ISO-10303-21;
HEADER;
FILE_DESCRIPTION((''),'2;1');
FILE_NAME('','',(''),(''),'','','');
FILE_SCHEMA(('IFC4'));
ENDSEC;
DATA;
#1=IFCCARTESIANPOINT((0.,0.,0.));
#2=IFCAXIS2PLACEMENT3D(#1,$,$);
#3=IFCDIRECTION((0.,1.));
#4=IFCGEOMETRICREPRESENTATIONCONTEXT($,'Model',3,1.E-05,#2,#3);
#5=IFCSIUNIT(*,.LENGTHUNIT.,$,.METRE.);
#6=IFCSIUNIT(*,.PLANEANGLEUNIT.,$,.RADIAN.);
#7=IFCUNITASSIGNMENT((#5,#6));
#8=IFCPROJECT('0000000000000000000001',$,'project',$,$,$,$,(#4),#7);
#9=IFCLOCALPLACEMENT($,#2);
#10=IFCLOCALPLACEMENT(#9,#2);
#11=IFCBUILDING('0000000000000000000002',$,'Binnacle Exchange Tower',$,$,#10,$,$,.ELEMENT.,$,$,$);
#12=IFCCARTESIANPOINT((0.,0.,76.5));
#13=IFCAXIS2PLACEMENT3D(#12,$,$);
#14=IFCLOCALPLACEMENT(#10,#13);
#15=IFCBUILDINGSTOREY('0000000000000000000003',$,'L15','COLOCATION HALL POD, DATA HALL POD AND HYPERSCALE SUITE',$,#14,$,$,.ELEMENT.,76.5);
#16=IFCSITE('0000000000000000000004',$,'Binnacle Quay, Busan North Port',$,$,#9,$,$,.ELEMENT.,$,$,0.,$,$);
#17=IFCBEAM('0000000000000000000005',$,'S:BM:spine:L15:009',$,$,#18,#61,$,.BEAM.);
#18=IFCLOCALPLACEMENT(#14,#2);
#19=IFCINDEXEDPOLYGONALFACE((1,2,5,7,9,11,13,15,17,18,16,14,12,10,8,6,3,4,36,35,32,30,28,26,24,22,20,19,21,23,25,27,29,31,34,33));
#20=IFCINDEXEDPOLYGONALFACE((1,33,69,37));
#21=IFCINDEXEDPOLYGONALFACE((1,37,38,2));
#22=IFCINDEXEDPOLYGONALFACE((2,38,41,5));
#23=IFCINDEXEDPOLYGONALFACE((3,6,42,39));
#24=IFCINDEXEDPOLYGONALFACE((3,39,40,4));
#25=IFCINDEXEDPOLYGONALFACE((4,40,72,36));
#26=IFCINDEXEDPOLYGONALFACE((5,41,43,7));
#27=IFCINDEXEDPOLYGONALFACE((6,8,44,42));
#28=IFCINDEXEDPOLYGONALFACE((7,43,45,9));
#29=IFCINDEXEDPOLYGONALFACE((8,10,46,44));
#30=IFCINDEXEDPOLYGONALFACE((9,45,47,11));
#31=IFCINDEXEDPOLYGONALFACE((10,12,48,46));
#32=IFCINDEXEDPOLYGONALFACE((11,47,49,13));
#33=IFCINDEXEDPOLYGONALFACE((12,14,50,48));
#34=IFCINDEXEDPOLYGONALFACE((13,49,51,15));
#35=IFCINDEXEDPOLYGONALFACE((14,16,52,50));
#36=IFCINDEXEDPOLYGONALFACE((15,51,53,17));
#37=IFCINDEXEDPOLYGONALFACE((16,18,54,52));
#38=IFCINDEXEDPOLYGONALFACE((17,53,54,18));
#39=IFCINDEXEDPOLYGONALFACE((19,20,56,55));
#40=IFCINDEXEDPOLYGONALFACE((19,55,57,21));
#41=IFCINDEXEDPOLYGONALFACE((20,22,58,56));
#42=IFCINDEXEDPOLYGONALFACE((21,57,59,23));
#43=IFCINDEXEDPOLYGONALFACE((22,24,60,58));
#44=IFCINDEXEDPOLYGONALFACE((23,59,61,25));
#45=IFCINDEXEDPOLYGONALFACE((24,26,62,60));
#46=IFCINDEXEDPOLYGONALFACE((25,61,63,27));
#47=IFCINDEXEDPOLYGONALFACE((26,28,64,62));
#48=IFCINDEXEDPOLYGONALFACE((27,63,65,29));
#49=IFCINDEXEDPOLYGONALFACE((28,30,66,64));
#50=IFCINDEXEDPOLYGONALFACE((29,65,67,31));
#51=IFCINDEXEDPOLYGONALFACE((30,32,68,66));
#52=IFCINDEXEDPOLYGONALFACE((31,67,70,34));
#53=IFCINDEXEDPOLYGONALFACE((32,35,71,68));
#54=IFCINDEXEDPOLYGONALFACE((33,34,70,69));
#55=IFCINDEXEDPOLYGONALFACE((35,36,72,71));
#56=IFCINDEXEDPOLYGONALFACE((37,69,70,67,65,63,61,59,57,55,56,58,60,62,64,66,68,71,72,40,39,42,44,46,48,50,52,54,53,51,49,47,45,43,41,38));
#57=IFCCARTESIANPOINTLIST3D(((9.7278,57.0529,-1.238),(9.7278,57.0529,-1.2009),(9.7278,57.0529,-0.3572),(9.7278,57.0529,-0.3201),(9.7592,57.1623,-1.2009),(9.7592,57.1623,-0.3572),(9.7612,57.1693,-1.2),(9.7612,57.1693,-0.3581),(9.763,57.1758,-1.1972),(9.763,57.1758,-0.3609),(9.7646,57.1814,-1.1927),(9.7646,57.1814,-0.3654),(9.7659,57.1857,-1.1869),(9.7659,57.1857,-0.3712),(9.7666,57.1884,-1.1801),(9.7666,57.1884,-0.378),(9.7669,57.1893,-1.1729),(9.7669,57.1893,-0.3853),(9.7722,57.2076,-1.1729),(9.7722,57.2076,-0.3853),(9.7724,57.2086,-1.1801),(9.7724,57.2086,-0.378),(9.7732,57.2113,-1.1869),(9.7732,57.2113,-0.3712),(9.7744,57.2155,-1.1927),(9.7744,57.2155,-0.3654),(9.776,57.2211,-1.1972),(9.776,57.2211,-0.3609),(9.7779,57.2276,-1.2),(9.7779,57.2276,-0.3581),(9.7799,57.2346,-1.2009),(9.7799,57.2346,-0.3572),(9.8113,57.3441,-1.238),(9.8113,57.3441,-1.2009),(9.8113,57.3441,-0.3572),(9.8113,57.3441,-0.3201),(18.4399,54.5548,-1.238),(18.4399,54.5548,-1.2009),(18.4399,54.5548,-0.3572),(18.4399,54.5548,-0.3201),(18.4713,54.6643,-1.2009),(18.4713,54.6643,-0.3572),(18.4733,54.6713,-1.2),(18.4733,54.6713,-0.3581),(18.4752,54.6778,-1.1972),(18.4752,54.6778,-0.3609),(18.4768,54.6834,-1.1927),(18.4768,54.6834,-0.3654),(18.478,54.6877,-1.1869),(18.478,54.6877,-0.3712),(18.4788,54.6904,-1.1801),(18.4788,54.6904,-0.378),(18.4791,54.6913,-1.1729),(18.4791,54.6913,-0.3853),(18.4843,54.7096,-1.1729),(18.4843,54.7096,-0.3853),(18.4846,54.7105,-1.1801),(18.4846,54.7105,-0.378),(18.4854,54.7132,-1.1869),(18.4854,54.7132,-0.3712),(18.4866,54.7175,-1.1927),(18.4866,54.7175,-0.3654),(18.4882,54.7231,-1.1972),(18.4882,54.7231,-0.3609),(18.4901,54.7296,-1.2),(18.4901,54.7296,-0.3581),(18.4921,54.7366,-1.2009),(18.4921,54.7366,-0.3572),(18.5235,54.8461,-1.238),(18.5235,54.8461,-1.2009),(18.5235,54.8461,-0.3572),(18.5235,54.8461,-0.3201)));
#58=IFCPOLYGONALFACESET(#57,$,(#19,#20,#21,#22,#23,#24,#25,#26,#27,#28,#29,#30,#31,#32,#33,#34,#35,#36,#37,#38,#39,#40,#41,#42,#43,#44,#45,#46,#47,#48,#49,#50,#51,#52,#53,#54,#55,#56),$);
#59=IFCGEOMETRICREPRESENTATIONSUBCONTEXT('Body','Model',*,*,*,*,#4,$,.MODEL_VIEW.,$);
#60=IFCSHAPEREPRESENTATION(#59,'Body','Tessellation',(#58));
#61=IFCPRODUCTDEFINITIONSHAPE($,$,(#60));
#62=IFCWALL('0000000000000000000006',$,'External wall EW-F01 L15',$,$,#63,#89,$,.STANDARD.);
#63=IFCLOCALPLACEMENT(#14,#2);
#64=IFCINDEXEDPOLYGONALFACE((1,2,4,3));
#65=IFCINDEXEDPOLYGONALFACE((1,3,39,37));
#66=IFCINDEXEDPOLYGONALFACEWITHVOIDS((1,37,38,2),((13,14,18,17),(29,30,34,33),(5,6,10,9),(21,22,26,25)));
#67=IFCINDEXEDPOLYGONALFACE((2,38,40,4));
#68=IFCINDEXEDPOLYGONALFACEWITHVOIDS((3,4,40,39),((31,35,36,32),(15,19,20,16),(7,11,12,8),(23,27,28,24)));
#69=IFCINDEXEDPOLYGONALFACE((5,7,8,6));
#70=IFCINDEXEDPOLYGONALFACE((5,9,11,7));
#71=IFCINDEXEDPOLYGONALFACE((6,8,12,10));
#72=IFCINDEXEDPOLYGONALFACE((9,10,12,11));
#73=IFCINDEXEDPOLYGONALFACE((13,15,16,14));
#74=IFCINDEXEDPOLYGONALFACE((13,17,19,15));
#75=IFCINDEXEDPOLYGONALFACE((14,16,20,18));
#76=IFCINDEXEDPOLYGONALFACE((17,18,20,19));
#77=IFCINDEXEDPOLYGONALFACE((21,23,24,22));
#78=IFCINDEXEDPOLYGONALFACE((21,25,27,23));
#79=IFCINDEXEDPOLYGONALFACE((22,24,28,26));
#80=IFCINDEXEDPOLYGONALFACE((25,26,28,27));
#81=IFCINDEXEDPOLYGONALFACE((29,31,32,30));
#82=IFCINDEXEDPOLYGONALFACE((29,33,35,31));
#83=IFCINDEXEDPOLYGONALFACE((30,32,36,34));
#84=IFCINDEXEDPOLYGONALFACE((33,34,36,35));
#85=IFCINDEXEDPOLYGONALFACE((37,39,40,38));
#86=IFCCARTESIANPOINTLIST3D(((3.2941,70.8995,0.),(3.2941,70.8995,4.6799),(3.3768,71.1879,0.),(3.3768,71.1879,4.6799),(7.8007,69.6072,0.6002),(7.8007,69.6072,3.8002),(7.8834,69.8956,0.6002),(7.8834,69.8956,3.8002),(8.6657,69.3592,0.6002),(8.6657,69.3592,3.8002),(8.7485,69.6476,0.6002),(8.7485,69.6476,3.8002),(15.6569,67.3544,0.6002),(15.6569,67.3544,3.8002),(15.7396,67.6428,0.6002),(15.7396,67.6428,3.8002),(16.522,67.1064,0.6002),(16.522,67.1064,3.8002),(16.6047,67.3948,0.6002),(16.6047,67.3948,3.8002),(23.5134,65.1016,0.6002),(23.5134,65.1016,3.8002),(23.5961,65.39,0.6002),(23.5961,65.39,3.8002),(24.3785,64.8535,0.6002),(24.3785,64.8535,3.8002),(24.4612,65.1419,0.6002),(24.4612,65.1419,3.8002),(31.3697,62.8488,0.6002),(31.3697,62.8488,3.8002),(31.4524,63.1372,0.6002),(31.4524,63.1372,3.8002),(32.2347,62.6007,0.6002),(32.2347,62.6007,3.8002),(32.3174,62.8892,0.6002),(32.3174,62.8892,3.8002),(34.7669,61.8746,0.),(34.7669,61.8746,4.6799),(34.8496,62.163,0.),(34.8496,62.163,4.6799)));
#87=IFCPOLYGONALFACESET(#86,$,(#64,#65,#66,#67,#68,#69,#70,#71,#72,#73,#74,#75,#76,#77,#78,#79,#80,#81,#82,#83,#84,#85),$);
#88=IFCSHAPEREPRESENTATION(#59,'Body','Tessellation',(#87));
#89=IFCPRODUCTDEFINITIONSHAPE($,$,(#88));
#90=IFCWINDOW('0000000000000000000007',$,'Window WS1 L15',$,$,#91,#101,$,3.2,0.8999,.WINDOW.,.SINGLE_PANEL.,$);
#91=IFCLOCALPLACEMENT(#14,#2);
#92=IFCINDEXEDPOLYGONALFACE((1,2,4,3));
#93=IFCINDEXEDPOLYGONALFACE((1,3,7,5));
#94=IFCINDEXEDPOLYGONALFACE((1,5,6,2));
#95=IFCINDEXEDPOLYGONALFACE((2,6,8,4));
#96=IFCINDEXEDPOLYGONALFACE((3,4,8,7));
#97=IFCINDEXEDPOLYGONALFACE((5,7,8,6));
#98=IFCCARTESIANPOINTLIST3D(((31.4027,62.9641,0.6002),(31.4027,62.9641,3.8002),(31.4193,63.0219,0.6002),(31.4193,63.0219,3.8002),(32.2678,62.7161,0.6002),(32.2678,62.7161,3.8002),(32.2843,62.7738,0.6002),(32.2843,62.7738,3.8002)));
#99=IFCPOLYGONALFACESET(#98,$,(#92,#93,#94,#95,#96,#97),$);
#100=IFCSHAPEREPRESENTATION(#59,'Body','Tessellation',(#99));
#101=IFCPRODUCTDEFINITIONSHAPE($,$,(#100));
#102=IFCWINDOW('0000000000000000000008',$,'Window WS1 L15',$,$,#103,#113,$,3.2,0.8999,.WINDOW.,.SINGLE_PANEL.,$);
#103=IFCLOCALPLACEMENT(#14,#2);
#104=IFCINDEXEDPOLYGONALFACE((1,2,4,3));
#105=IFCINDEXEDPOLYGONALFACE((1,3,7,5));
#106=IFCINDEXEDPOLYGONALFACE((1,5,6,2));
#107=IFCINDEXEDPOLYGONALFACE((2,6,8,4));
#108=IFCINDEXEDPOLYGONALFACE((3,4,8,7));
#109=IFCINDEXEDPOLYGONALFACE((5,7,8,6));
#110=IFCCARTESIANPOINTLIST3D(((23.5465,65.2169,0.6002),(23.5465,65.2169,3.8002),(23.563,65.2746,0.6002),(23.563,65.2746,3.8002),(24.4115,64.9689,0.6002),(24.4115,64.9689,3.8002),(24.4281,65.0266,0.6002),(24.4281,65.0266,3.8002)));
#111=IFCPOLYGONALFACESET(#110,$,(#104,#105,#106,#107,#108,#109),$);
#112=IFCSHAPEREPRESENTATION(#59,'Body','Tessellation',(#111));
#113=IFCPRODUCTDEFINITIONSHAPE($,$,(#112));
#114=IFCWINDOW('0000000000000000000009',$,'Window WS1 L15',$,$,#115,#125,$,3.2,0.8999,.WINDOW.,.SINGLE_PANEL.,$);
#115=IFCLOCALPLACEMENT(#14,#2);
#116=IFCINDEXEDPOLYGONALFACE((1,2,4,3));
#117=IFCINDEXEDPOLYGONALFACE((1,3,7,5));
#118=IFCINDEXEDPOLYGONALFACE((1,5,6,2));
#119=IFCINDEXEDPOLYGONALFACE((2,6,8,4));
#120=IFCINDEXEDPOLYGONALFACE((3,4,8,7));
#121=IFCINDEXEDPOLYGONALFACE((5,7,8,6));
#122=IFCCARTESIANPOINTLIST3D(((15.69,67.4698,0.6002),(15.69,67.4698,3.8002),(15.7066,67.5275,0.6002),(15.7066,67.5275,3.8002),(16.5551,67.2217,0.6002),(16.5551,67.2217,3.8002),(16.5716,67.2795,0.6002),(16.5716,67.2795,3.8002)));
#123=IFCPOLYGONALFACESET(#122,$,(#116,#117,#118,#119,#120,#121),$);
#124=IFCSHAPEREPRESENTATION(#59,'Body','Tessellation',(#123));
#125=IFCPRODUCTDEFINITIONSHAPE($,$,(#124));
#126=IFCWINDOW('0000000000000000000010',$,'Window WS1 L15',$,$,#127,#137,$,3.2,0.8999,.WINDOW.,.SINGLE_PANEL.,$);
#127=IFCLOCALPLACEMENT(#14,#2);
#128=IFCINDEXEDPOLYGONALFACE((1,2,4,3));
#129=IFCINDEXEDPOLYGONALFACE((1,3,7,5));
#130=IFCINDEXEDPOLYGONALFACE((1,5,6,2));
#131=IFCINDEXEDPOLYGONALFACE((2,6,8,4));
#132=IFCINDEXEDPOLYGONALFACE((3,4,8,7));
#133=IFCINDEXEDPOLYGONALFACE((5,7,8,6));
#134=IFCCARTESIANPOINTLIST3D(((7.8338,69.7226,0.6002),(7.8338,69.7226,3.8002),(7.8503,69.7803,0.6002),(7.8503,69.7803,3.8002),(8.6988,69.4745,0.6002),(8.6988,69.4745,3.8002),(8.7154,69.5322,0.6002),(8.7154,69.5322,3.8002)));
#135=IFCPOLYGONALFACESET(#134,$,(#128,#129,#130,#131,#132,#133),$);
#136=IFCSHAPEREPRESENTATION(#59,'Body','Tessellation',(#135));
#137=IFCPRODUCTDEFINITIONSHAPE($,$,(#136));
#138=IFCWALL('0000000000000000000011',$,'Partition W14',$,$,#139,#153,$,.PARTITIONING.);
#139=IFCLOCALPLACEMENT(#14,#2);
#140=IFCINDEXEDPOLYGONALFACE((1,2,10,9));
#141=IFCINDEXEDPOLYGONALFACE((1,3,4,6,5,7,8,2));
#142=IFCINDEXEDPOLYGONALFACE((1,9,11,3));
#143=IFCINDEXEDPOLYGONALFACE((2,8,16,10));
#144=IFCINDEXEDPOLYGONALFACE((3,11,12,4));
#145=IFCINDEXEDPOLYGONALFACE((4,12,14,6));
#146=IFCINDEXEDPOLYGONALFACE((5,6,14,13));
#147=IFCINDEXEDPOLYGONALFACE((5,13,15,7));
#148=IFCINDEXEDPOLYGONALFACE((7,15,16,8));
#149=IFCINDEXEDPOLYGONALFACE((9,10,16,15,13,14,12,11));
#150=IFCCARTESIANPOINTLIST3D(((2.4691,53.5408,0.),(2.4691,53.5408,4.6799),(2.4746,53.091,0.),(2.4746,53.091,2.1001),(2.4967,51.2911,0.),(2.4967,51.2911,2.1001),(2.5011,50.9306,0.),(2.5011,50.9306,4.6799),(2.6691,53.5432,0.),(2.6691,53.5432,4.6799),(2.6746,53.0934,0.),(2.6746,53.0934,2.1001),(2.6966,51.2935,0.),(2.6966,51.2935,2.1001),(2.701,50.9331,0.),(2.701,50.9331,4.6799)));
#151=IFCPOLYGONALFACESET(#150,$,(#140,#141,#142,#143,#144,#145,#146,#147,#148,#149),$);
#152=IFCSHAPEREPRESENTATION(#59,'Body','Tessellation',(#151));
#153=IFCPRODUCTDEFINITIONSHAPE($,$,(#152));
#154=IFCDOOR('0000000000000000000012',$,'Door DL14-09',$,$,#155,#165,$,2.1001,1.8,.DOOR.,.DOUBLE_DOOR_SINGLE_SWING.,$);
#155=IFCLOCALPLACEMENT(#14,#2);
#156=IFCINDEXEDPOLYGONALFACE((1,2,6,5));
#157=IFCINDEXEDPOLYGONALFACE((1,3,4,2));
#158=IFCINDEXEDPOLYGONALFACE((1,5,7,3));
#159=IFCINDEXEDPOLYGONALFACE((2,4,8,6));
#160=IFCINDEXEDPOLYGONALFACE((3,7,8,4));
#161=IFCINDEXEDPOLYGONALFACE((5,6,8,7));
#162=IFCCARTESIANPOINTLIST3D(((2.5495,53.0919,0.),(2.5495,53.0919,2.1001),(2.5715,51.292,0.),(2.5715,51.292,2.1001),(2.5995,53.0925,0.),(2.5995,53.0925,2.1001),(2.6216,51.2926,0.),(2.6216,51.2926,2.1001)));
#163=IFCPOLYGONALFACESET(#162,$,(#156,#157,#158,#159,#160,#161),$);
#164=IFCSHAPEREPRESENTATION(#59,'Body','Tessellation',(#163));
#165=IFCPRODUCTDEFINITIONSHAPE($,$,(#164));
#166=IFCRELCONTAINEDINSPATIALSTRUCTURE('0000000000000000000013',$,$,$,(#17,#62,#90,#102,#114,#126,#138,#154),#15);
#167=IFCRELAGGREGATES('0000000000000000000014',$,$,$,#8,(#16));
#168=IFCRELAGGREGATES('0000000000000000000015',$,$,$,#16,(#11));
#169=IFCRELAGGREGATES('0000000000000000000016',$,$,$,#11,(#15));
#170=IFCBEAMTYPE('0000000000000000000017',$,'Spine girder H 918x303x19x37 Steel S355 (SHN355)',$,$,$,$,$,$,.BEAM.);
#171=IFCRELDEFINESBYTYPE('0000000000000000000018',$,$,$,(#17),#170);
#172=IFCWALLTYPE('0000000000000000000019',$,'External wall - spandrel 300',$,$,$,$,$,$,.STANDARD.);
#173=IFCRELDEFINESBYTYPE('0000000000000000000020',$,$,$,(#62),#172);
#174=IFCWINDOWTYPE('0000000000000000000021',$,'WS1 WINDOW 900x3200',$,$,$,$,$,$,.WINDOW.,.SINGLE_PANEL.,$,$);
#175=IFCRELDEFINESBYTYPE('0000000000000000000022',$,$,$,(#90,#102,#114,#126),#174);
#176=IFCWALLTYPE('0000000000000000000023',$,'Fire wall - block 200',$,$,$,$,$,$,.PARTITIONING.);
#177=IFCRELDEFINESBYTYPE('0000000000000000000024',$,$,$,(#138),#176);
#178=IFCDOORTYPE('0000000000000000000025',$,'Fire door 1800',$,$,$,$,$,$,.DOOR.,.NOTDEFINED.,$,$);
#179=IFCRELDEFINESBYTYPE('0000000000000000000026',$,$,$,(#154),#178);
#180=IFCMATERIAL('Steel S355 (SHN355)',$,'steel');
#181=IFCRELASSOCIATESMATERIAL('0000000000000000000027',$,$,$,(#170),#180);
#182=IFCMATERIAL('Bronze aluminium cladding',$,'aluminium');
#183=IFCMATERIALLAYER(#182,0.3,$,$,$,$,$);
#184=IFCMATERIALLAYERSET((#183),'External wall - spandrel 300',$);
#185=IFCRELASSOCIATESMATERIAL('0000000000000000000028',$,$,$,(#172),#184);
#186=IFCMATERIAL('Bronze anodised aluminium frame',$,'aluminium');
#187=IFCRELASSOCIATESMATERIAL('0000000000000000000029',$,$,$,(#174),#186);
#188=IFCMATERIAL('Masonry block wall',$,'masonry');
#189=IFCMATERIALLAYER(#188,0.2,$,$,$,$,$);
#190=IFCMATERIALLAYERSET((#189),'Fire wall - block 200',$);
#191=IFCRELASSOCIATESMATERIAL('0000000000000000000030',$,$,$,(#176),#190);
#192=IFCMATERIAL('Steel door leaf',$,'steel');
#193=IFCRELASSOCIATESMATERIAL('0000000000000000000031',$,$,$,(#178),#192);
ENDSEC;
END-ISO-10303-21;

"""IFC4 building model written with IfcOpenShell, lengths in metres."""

from ifc_helpers import new_model, si_unit, direction, frame, frame_2d, origin, origin_2d, place, context, subcontext, project, spatial, rectangle, i_section, extrude, material, layer, layer_set, material_profile, profile_set, type_object, element, fill, save


model = new_model("IFC4")

# Units and contexts
model_context = context("Model", 3, precision=1e-05, world=origin(), true_north=direction((0.0, 1.0)))
body_context = subcontext(model_context, "Body", "Model", "MODEL_VIEW")
ifc_project = project(units=[si_unit("LENGTHUNIT", "METRE"), si_unit("PLANEANGLEUNIT", "RADIAN")], contexts=[model_context])

# Site, building, storey
site_placement = place(None, origin())
site = spatial("IfcSite", under=ifc_project, at=site_placement, Name="Binnacle Quay, Busan North Port", CompositionType="ELEMENT", RefElevation=0.0)
building_placement = place(site_placement, origin())
building = spatial("IfcBuilding", under=site, at=building_placement, Name="Binnacle Exchange Tower", CompositionType="ELEMENT")
storey_placement = place(building_placement, frame((0.0, 0.0, 76.5)))
storey = spatial("IfcBuildingStorey", under=building, at=storey_placement, Name="L15", Description="COLOCATION HALL POD, DATA HALL POD AND HYPERSCALE SUITE", CompositionType="ELEMENT", Elevation=76.5)

# Beam
ifc_material_1 = material(Name="Steel S355 (SHN355)", Category="steel")
ifc_material_profile_1 = material_profile(ifc_material_1, i_section(OverallWidth=0.303, OverallDepth=0.918, WebThickness=0.019, FlangeThickness=0.0371, FilletRadius=0.0281, at=origin_2d()), Name="H 918x303x19x37")
ifc_profile_set_1 = profile_set([ifc_material_profile_1], Name="Steel S355 (SHN355)")
beam_type_1 = type_object("IfcBeamType", Name="Spine girder H 918x303x19x37 Steel S355 (SHN355)", PredefinedType="BEAM", material=ifc_profile_set_1)
beam_1_placement = place(storey_placement, frame((9.7695, 57.1985, -0.7791), z_axis=(0.961265, -0.275625, 0.0), x_axis=(0.275625, 0.961265, 0.0)))
element("IfcBeam", 1, at=beam_1_placement, inside=storey, type_object=beam_type_1, Name="S:BM:spine:L15:009", PredefinedType="BEAM", context=body_context, shape_type="SweptSolid", body=[
    extrude(i_section(OverallWidth=0.303, OverallDepth=0.918, WebThickness=0.019, FlangeThickness=0.0371, FilletRadius=0.0281, at=origin_2d()), origin(), (0.0, 0.0, 1.0), 9.0632),
])

# Wall, openings, windows
ifc_material_2 = material(Name="Bronze aluminium cladding", Category="aluminium")
ifc_layer_1 = layer(ifc_material_2, 0.3)
ifc_layer_set_1 = layer_set([ifc_layer_1], Name="External wall - spandrel 300")
wall_type_1 = type_object("IfcWallType", Name="External wall - spandrel 300", PredefinedType="STANDARD", material=ifc_layer_set_1)
wall_1_placement = place(storey_placement, frame((3.3354, 71.0437, 0.0), z_axis=(0.0, 0.0, 1.0), x_axis=(0.96126, -0.275643, 0.0)))
wall_1 = element("IfcWall", 2, at=wall_1_placement, inside=storey, type_object=wall_type_1, Name="External wall EW-F01 L15", PredefinedType="STANDARD", context=body_context, shape_type="SweptSolid", body=[
    extrude(rectangle(XDim=32.7412, YDim=0.3, at=frame_2d((16.3706, 0.0))), origin(), (0.0, 0.0, 1.0), 4.6799),
])
opening_1_placement = place(wall_1_placement, frame((29.207, 0.0, 0.6001)))
opening_1 = element("IfcOpeningElement", 3, at=opening_1_placement, cuts=wall_1, PredefinedType="OPENING", context=body_context, shape_type="SweptSolid", body=[
    extrude(rectangle(XDim=0.8999, YDim=3.2, at=frame_2d((0.45, 1.6001))), frame((0.0, 0.1599, 0.0), z_axis=(0.0, -1.0, 0.0), x_axis=(1.0, 0.0, 0.0)), (0.0, 0.0, 1.0), 0.3201),
])
opening_2_placement = place(wall_1_placement, frame((21.0342, 0.0, 0.6001)))
opening_2 = element("IfcOpeningElement", 4, at=opening_2_placement, cuts=wall_1, PredefinedType="OPENING", context=body_context, shape_type="SweptSolid", body=[
    extrude(rectangle(XDim=0.8999, YDim=3.2, at=frame_2d((0.45, 1.6001))), frame((0.0, 0.1599, 0.0), z_axis=(0.0, -1.0, 0.0), x_axis=(1.0, 0.0, 0.0)), (0.0, 0.0, 1.0), 0.3201),
])
opening_3_placement = place(wall_1_placement, frame((12.8611, 0.0, 0.6001)))
opening_3 = element("IfcOpeningElement", 5, at=opening_3_placement, cuts=wall_1, PredefinedType="OPENING", context=body_context, shape_type="SweptSolid", body=[
    extrude(rectangle(XDim=0.8999, YDim=3.2, at=frame_2d((0.45, 1.6001))), frame((0.0, 0.1599, 0.0), z_axis=(0.0, -1.0, 0.0), x_axis=(1.0, 0.0, 0.0)), (0.0, 0.0, 1.0), 0.3201),
])
opening_4_placement = place(wall_1_placement, frame((4.6882, 0.0, 0.6001)))
opening_4 = element("IfcOpeningElement", 6, at=opening_4_placement, cuts=wall_1, PredefinedType="OPENING", context=body_context, shape_type="SweptSolid", body=[
    extrude(rectangle(XDim=0.8999, YDim=3.2, at=frame_2d((0.45, 1.6001))), frame((0.0, 0.1599, 0.0), z_axis=(0.0, -1.0, 0.0), x_axis=(1.0, 0.0, 0.0)), (0.0, 0.0, 1.0), 0.3201),
])
ifc_material_3 = material(Name="Bronze anodised aluminium frame", Category="aluminium")
window_type = type_object("IfcWindowType", Name="WS1 WINDOW 900x3200", PartitioningType="SINGLE_PANEL", PredefinedType="WINDOW", material=ifc_material_3)
window_1_placement = place(opening_1_placement, origin())
window_1 = element("IfcWindow", 7, at=window_1_placement, inside=storey, type_object=window_type, Name="Window WS1 L15", OverallHeight=3.2, OverallWidth=0.8999, PartitioningType="SINGLE_PANEL", PredefinedType="WINDOW", context=body_context, shape_type="SweptSolid", body=[
    extrude(rectangle(XDim=0.8999, YDim=3.2, at=frame_2d((0.45, 1.6001))), frame((0.0, 0.03, 0.0), z_axis=(0.0, -1.0, 0.0), x_axis=(1.0, 0.0, 0.0)), (0.0, 0.0, 1.0), 0.0601),
])
fill(opening_1, window_1)
window_2_placement = place(opening_2_placement, origin())
window_2 = element("IfcWindow", 8, at=window_2_placement, inside=storey, type_object=window_type, Name="Window WS1 L15", OverallHeight=3.2, OverallWidth=0.8999, PartitioningType="SINGLE_PANEL", PredefinedType="WINDOW", context=body_context, shape_type="SweptSolid", body=[
    extrude(rectangle(XDim=0.8999, YDim=3.2, at=frame_2d((0.45, 1.6001))), frame((0.0, 0.03, 0.0), z_axis=(0.0, -1.0, 0.0), x_axis=(1.0, 0.0, 0.0)), (0.0, 0.0, 1.0), 0.0601),
])
fill(opening_2, window_2)
window_3_placement = place(opening_3_placement, origin())
window_3 = element("IfcWindow", 9, at=window_3_placement, inside=storey, type_object=window_type, Name="Window WS1 L15", OverallHeight=3.2, OverallWidth=0.8999, PartitioningType="SINGLE_PANEL", PredefinedType="WINDOW", context=body_context, shape_type="SweptSolid", body=[
    extrude(rectangle(XDim=0.8999, YDim=3.2, at=frame_2d((0.45, 1.6001))), frame((0.0, 0.03, 0.0), z_axis=(0.0, -1.0, 0.0), x_axis=(1.0, 0.0, 0.0)), (0.0, 0.0, 1.0), 0.0601),
])
fill(opening_3, window_3)
window_4_placement = place(opening_4_placement, origin())
window_4 = element("IfcWindow", 10, at=window_4_placement, inside=storey, type_object=window_type, Name="Window WS1 L15", OverallHeight=3.2, OverallWidth=0.8999, PartitioningType="SINGLE_PANEL", PredefinedType="WINDOW", context=body_context, shape_type="SweptSolid", body=[
    extrude(rectangle(XDim=0.8999, YDim=3.2, at=frame_2d((0.45, 1.6001))), frame((0.0, 0.03, 0.0), z_axis=(0.0, -1.0, 0.0), x_axis=(1.0, 0.0, 0.0)), (0.0, 0.0, 1.0), 0.0601),
])
fill(opening_4, window_4)

# Wall, opening, door
ifc_material_4 = material(Name="Masonry block wall", Category="masonry")
ifc_layer_2 = layer(ifc_material_4, 0.2)
ifc_layer_set_2 = layer_set([ifc_layer_2], Name="Fire wall - block 200")
wall_type_2 = type_object("IfcWallType", Name="Fire wall - block 200", PredefinedType="PARTITIONING", material=ifc_layer_set_2)
wall_2_placement = place(storey_placement, frame((2.5691, 53.542, 0.0), z_axis=(0.0, 0.0, 1.0), x_axis=(0.012252, -0.999925, 0.0)))
wall_2 = element("IfcWall", 11, at=wall_2_placement, inside=storey, type_object=wall_type_2, Name="Partition W14", PredefinedType="PARTITIONING", context=body_context, shape_type="SweptSolid", body=[
    extrude(rectangle(XDim=2.6104, YDim=0.2, at=frame_2d((1.3052, 0.0))), origin(), (0.0, 0.0, 1.0), 4.6799),
])
opening_5_placement = place(wall_2_placement, frame((0.45, 0.0, 0.0)))
opening_5 = element("IfcOpeningElement", 12, at=opening_5_placement, cuts=wall_2, PredefinedType="OPENING", context=body_context, shape_type="SweptSolid", body=[
    extrude(rectangle(XDim=1.8, YDim=2.1001, at=frame_2d((0.8999, 1.05))), frame((0.0, 0.1099, 0.0), z_axis=(0.0, -1.0, 0.0), x_axis=(1.0, 0.0, 0.0)), (0.0, 0.0, 1.0), 0.22),
])
ifc_material_5 = material(Name="Steel door leaf", Category="steel")
door_type_1 = type_object("IfcDoorType", Name="Fire door 1800", OperationType="NOTDEFINED", PredefinedType="DOOR", material=ifc_material_5)
door_1_placement = place(opening_5_placement, origin())
door_1 = element("IfcDoor", 13, at=door_1_placement, inside=storey, type_object=door_type_1, Name="Door DL14-09", OperationType="DOUBLE_DOOR_SINGLE_SWING", OverallHeight=2.1001, OverallWidth=1.8, PredefinedType="DOOR", context=body_context, shape_type="SweptSolid", body=[
    extrude(rectangle(XDim=1.8, YDim=2.1001, at=frame_2d((0.8999, 1.05))), frame((0.0, 0.0249, 0.0), z_axis=(0.0, -1.0, 0.0), x_axis=(1.0, 0.0, 0.0)), (0.0, 0.0, 1.0), 0.05),
])
fill(opening_5, door_1)

save(model, "model.ifc")
